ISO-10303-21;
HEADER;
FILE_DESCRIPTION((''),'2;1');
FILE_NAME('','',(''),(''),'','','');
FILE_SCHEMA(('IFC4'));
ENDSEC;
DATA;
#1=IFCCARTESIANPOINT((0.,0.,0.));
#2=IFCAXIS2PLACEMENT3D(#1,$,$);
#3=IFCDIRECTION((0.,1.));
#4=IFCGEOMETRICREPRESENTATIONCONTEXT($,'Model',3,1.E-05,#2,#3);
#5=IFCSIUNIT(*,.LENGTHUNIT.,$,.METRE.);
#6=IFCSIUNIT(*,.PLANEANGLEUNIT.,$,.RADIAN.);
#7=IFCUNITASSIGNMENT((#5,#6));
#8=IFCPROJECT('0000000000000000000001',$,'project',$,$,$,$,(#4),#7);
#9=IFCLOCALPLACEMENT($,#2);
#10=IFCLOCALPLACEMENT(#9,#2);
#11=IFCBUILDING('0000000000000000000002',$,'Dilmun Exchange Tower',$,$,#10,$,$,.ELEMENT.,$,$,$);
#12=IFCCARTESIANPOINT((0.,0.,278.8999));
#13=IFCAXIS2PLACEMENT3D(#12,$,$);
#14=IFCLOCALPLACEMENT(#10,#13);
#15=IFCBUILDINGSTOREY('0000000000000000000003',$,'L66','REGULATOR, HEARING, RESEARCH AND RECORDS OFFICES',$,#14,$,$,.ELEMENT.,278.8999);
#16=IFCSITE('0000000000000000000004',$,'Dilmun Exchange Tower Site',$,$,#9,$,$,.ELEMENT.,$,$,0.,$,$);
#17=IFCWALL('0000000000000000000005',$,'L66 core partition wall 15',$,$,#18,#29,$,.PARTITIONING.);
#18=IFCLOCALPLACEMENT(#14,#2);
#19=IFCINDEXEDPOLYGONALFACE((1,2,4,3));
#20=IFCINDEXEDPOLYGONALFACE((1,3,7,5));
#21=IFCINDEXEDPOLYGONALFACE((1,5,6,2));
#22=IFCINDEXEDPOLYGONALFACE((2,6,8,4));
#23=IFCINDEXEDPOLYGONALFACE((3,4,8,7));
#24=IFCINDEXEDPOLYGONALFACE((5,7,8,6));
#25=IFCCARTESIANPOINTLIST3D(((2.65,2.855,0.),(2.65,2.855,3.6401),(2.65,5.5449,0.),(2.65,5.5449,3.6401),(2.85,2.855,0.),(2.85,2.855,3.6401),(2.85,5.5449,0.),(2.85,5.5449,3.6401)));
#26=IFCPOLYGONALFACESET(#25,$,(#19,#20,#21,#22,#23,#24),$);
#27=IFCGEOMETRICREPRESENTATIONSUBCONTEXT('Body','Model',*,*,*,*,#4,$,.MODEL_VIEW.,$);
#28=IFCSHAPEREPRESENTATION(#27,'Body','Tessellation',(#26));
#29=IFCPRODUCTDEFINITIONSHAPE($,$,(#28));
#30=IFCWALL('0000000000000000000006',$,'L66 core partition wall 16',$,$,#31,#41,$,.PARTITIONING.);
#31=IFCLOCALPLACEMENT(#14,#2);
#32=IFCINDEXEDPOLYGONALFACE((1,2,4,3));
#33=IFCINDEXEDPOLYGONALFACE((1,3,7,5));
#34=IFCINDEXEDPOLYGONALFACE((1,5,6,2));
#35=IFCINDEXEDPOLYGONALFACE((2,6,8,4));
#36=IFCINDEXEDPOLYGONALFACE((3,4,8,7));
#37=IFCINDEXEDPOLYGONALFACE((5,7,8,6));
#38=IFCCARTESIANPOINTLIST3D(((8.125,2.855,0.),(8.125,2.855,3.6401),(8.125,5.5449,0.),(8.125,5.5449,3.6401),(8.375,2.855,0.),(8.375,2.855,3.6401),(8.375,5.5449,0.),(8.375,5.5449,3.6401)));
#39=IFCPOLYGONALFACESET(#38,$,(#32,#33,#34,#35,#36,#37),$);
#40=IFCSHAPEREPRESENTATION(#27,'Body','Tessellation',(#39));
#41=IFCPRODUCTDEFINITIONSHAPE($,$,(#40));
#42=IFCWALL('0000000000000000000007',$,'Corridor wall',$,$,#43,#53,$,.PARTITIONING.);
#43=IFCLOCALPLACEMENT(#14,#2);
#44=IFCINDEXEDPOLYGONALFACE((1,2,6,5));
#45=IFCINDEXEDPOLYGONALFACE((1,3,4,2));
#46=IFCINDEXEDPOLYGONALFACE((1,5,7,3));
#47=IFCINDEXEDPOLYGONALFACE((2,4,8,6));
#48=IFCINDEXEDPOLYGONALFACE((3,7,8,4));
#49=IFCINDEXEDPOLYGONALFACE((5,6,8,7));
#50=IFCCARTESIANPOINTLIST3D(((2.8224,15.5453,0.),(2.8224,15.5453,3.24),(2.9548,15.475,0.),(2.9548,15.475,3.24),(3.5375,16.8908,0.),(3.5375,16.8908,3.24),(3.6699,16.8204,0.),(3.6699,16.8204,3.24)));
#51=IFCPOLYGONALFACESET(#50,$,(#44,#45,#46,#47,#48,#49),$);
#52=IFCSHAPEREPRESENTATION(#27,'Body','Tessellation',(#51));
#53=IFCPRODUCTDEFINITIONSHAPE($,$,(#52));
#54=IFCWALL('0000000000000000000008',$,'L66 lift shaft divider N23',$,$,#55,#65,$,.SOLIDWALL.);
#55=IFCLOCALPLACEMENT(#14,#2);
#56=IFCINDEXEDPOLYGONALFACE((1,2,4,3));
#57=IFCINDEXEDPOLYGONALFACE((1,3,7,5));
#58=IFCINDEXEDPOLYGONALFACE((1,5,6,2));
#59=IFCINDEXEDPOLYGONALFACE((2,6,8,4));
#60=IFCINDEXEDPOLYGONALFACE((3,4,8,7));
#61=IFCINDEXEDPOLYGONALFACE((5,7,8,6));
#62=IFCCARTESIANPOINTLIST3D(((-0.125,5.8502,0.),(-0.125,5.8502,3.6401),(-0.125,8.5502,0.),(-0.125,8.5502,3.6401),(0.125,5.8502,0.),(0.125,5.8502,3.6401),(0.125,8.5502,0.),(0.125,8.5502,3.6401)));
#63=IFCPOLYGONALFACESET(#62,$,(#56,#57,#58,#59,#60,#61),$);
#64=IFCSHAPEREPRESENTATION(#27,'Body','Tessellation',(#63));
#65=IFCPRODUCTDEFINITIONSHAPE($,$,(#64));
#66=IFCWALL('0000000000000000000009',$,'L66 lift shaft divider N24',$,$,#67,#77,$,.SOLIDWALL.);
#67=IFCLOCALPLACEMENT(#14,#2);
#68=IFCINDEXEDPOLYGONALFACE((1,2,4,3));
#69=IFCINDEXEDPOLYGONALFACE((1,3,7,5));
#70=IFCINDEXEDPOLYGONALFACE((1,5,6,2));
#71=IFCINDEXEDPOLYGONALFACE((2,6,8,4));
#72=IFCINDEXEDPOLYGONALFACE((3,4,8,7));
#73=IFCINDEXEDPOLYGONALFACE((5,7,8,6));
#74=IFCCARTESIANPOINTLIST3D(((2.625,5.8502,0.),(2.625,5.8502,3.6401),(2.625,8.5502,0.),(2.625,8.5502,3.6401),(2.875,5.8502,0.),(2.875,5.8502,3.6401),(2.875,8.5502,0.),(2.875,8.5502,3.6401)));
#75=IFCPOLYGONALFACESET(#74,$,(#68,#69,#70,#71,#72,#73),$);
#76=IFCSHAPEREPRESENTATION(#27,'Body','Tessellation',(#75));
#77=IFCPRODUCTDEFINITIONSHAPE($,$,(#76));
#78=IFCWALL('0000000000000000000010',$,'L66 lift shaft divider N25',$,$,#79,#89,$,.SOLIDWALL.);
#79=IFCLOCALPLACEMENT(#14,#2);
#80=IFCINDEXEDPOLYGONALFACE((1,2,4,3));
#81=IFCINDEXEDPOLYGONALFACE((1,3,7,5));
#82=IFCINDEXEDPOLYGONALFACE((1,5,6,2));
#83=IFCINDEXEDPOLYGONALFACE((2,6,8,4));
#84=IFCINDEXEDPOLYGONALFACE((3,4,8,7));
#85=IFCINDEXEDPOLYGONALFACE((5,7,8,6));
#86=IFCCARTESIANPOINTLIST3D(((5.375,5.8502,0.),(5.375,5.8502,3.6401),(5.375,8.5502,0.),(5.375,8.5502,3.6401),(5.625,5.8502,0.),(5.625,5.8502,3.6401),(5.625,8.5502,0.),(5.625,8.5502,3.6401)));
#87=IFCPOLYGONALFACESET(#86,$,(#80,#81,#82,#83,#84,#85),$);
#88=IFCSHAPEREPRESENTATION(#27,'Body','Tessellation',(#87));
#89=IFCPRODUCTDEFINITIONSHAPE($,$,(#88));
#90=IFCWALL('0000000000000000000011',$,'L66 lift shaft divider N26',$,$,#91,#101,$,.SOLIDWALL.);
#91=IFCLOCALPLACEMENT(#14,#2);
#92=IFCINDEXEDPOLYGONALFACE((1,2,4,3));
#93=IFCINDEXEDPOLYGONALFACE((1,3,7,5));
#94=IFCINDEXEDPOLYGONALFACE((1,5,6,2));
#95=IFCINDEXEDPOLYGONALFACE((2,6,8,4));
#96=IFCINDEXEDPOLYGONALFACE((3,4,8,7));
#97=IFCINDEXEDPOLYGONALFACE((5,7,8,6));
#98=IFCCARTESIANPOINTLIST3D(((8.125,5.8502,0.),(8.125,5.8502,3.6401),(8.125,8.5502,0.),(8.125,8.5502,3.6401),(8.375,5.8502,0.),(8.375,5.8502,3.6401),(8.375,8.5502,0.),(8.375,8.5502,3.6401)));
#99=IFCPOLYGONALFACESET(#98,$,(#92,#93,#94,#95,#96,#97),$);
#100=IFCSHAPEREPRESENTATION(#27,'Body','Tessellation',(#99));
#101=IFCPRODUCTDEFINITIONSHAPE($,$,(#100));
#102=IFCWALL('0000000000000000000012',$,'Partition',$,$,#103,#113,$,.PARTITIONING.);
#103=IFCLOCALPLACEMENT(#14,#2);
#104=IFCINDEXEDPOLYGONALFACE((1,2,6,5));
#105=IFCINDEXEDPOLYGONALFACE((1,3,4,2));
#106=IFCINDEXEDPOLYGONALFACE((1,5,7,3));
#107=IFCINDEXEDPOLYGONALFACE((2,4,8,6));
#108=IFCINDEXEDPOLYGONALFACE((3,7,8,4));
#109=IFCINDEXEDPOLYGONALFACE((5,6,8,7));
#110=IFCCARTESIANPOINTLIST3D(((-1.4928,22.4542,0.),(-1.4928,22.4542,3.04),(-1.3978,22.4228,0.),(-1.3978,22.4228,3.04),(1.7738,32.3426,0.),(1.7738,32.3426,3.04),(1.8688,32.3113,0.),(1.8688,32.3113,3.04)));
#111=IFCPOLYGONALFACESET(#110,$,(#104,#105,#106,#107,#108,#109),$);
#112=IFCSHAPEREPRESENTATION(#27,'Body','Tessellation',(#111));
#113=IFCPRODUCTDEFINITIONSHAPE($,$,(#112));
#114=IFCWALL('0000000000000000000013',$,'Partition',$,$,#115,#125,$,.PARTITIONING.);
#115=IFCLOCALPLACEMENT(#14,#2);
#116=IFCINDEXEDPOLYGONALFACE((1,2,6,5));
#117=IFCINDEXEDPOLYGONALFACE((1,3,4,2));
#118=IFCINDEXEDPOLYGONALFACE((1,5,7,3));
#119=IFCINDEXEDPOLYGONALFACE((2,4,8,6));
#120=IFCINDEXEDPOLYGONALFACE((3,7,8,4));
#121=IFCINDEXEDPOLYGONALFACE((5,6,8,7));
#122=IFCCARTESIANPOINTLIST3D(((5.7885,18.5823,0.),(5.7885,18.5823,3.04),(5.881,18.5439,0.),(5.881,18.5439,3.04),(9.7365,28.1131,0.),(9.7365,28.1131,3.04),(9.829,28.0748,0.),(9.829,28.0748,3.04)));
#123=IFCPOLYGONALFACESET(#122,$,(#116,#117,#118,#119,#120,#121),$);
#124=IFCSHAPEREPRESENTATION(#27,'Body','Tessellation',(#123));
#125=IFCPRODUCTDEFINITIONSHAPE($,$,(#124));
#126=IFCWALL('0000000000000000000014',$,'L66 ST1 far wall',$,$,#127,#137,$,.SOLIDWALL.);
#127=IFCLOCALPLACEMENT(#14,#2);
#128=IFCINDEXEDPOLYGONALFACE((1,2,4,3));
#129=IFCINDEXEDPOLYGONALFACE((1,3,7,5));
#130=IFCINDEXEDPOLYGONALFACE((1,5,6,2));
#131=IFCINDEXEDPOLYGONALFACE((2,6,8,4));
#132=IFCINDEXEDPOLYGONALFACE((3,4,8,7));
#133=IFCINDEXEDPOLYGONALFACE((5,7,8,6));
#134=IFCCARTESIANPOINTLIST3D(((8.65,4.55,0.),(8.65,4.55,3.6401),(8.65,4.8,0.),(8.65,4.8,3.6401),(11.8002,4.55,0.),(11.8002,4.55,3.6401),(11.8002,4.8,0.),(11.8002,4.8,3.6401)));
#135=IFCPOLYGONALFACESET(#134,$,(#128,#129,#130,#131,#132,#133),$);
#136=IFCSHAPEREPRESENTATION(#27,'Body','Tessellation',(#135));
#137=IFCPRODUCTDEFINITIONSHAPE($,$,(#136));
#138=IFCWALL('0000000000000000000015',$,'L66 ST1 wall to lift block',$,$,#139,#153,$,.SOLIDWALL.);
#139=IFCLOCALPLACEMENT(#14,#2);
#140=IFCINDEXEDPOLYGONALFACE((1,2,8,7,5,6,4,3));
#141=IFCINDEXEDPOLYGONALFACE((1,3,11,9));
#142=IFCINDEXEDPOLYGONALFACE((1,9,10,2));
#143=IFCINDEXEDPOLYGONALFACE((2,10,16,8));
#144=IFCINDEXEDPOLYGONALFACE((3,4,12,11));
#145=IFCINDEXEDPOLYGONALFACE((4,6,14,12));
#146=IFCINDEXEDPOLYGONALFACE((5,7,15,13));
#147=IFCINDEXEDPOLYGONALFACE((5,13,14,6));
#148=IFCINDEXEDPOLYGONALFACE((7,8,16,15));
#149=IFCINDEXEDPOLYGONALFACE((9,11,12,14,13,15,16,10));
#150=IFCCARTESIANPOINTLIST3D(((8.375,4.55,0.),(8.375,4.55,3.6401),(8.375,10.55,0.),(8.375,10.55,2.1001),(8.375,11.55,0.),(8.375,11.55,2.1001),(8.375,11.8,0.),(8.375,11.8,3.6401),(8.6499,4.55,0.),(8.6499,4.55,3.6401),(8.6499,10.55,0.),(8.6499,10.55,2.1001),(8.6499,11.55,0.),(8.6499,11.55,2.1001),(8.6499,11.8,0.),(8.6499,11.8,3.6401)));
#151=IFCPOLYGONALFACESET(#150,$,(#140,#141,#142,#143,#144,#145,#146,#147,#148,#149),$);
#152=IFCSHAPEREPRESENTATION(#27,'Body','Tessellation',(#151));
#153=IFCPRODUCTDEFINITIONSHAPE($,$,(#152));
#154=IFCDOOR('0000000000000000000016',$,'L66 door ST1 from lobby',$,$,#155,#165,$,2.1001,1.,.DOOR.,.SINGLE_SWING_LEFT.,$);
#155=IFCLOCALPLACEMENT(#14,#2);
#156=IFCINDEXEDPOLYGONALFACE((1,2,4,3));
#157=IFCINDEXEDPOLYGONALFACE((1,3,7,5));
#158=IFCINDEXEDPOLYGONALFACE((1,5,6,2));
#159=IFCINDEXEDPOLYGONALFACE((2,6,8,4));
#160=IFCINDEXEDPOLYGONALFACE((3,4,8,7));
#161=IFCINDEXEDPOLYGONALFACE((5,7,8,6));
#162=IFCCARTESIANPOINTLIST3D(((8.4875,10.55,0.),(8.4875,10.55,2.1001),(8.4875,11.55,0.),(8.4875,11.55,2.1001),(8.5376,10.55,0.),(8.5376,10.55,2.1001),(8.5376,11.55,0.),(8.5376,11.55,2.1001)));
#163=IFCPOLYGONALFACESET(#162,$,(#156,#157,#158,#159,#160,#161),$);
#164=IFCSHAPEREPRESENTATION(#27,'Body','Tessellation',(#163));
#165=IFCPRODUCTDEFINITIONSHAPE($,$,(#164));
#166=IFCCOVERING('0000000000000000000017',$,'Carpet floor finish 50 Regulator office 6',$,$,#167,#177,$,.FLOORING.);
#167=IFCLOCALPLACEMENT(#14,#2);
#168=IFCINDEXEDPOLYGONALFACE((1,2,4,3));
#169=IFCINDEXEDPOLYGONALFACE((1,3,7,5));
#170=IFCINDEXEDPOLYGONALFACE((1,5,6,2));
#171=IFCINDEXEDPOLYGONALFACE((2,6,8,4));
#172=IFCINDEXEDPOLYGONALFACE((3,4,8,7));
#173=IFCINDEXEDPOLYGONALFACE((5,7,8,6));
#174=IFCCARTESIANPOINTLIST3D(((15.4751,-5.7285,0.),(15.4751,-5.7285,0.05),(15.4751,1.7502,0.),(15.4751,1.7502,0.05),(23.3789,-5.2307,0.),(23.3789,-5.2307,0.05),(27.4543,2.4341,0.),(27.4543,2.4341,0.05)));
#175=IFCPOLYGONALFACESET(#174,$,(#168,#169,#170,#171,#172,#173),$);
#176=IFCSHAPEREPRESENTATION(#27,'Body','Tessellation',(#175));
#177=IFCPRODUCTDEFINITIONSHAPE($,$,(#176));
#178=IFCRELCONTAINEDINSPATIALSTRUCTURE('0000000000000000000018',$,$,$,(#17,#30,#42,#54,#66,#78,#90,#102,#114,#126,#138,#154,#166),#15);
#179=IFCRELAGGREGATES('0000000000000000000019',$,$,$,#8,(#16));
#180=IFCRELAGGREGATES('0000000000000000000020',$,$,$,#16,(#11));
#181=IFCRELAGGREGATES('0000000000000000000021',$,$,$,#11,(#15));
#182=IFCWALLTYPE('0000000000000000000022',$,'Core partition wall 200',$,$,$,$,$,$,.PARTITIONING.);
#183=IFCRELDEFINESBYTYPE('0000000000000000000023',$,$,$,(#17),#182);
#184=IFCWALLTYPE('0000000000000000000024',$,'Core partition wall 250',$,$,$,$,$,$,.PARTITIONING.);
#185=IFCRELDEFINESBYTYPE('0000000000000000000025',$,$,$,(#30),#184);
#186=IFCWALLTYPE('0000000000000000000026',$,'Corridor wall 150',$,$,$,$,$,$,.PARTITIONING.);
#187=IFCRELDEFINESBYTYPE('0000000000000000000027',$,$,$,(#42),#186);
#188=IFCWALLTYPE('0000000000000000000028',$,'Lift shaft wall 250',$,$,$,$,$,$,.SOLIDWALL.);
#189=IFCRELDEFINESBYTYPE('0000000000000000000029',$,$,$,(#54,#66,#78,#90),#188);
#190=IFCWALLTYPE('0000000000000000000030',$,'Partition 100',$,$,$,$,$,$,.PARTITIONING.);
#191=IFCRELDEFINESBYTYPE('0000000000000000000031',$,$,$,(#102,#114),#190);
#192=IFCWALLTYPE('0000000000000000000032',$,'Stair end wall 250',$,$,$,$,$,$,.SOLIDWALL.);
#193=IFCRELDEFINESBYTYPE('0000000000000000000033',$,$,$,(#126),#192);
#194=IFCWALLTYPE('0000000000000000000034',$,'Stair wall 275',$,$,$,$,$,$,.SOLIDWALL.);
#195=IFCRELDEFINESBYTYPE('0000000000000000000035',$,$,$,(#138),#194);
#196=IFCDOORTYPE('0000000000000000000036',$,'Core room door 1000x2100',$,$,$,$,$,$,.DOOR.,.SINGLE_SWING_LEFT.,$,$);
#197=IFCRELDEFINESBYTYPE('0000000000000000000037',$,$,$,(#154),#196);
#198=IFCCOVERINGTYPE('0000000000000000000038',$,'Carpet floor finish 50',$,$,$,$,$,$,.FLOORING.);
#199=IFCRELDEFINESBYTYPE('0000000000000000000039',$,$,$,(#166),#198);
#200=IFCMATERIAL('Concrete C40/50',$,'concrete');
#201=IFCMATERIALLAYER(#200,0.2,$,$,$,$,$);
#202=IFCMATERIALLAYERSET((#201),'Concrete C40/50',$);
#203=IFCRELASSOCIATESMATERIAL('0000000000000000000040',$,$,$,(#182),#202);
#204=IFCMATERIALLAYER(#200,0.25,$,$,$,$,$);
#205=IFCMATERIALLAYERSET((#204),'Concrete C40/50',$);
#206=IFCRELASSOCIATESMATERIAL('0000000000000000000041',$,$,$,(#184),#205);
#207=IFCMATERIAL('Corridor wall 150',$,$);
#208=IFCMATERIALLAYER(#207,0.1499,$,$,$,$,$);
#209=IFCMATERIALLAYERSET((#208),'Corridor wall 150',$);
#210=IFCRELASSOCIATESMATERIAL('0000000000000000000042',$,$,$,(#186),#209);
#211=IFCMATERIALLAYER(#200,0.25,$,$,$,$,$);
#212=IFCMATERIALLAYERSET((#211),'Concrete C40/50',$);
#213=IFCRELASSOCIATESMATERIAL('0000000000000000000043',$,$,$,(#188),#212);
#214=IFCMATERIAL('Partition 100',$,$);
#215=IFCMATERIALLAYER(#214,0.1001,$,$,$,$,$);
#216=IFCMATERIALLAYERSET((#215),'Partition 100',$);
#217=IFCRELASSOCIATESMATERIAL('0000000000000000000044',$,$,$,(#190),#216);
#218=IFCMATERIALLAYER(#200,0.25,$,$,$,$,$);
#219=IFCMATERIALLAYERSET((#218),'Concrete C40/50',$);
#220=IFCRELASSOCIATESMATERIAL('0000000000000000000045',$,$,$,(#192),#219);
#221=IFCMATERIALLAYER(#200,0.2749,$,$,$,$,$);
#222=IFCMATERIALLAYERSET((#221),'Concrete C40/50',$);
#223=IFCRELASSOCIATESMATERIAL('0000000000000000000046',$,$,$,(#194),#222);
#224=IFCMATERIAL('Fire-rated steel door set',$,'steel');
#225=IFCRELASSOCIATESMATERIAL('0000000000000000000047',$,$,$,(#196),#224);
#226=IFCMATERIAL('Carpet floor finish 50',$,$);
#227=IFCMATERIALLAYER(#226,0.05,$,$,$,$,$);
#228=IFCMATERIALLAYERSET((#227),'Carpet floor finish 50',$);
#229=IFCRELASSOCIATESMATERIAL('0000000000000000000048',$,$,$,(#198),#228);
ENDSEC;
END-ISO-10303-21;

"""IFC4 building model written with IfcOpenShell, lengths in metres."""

from ifc_helpers import new_model, si_unit, direction, frame, frame_2d, origin, place, context, subcontext, project, spatial, polyline, rectangle, outline, extrude, material, layer, layer_set, type_object, element, fill, save


model = new_model("IFC4")

# Units and contexts
model_context = context("Model", 3, precision=1e-05, world=origin(), true_north=direction((0.0, 1.0)))
body_context = subcontext(model_context, "Body", "Model", "MODEL_VIEW")
ifc_project = project(units=[si_unit("LENGTHUNIT", "METRE"), si_unit("PLANEANGLEUNIT", "RADIAN")], contexts=[model_context])

# Site, building, storey
site_placement = place(None, origin())
site = spatial("IfcSite", under=ifc_project, at=site_placement, Name="Dilmun Exchange Tower Site", CompositionType="ELEMENT", RefElevation=0.0)
building_placement = place(site_placement, origin())
building = spatial("IfcBuilding", under=site, at=building_placement, Name="Dilmun Exchange Tower", CompositionType="ELEMENT")
storey_placement = place(building_placement, frame((0.0, 0.0, 278.8999)))
storey = spatial("IfcBuildingStorey", under=building, at=storey_placement, Name="L66", Description="REGULATOR, HEARING, RESEARCH AND RECORDS OFFICES", CompositionType="ELEMENT", Elevation=278.8999)

# Shared definitions
ifc_material_1 = material(Name="Concrete C40/50", Category="concrete")

# Walls
ifc_layer_1 = layer(ifc_material_1, 0.2)
ifc_layer_set_1 = layer_set([ifc_layer_1], Name="Concrete C40/50")
wall_type_1 = type_object("IfcWallType", Name="Core partition wall 200", PredefinedType="PARTITIONING", material=ifc_layer_set_1)
wall_1_placement = place(storey_placement, frame((2.75, 2.855, 0.0), z_axis=(0.0, 0.0, 1.0), x_axis=(0.0, 1.0, 0.0)))
element("IfcWall", 1, at=wall_1_placement, inside=storey, type_object=wall_type_1, Name="L66 core partition wall 15", PredefinedType="PARTITIONING", context=body_context, shape_type="SweptSolid", body=[
    extrude(rectangle(XDim=2.6899, YDim=0.2, at=frame_2d((1.345, 0.0))), origin(), (0.0, 0.0, 1.0), 3.6401),
])
ifc_layer_2 = layer(ifc_material_1, 0.25)
ifc_layer_set_2 = layer_set([ifc_layer_2], Name="Concrete C40/50")
wall_type_2 = type_object("IfcWallType", Name="Core partition wall 250", PredefinedType="PARTITIONING", material=ifc_layer_set_2)
wall_2_placement = place(storey_placement, frame((8.25, 2.855, 0.0), z_axis=(0.0, 0.0, 1.0), x_axis=(0.0, 1.0, 0.0)))
element("IfcWall", 2, at=wall_2_placement, inside=storey, type_object=wall_type_2, Name="L66 core partition wall 16", PredefinedType="PARTITIONING", context=body_context, shape_type="SweptSolid", body=[
    extrude(rectangle(XDim=2.6899, YDim=0.25, at=frame_2d((1.345, 0.0))), origin(), (0.0, 0.0, 1.0), 3.6401),
])
ifc_material_2 = material(Name="Corridor wall 150")
ifc_layer_3 = layer(ifc_material_2, 0.1499)
ifc_layer_set_3 = layer_set([ifc_layer_3], Name="Corridor wall 150")
wall_type_3 = type_object("IfcWallType", Name="Corridor wall 150", PredefinedType="PARTITIONING", material=ifc_layer_set_3)
wall_3_placement = place(storey_placement, frame((2.8887, 15.5103, 0.0), z_axis=(0.0, 0.0, 1.0), x_axis=(0.469315, 0.883031, 0.0)))
element("IfcWall", 3, at=wall_3_placement, inside=storey, type_object=wall_type_3, Name="Corridor wall", PredefinedType="PARTITIONING", context=body_context, shape_type="SweptSolid", body=[
    extrude(rectangle(XDim=1.5237, YDim=0.1499, at=frame_2d((0.7617, 0.0))), origin(), (0.0, 0.0, 1.0), 3.24),
])
ifc_layer_4 = layer(ifc_material_1, 0.25)
ifc_layer_set_4 = layer_set([ifc_layer_4], Name="Concrete C40/50")
wall_type_4 = type_object("IfcWallType", Name="Lift shaft wall 250", PredefinedType="SOLIDWALL", material=ifc_layer_set_4)
for number, where, z_axis, x_axis, name in (
    (4, (0.0, 5.8501, 0.0), (0.0, 0.0, 1.0), (0.0, 1.0, 0.0), "L66 lift shaft divider N23"),
    (5, (2.75, 5.8501, 0.0), (0.0, 0.0, 1.0), (0.0, 1.0, 0.0), "L66 lift shaft divider N24"),
    (6, (5.5, 5.8501, 0.0), (0.0, 0.0, 1.0), (0.0, 1.0, 0.0), "L66 lift shaft divider N25"),
    (7, (8.25, 5.8501, 0.0), (0.0, 0.0, 1.0), (0.0, 1.0, 0.0), "L66 lift shaft divider N26"),
):
    element("IfcWall", number, at=place(storey_placement, frame(where, z_axis=z_axis, x_axis=x_axis)), inside=storey, type_object=wall_type_4, Name=name, PredefinedType="SOLIDWALL", context=body_context, shape_type="SweptSolid", body=[
        extrude(rectangle(XDim=2.7, YDim=0.25, at=frame_2d((1.3501, 0.0))), origin(), (0.0, 0.0, 1.0), 3.6401),
    ])
ifc_material_3 = material(Name="Partition 100")
ifc_layer_5 = layer(ifc_material_3, 0.1001)
ifc_layer_set_5 = layer_set([ifc_layer_5], Name="Partition 100")
wall_type_5 = type_object("IfcWallType", Name="Partition 100", PredefinedType="PARTITIONING", material=ifc_layer_set_5)
wall_4_placement = place(storey_placement, frame((-1.4453, 22.4385, 0.0), z_axis=(0.0, 0.0, 1.0), x_axis=(0.313674, 0.949531, 0.0)))
element("IfcWall", 8, at=wall_4_placement, inside=storey, type_object=wall_type_5, Name="Partition", PredefinedType="PARTITIONING", context=body_context, shape_type="SweptSolid", body=[
    extrude(rectangle(XDim=10.4141, YDim=0.1001, at=frame_2d((5.207, 0.0))), origin(), (0.0, 0.0, 1.0), 3.04),
])
wall_5_placement = place(storey_placement, frame((5.8347, 18.563, 0.0), z_axis=(0.0, 0.0, 1.0), x_axis=(0.382702, 0.923872, 0.0)))
element("IfcWall", 9, at=wall_5_placement, inside=storey, type_object=wall_type_5, Name="Partition", PredefinedType="PARTITIONING", context=body_context, shape_type="SweptSolid", body=[
    extrude(rectangle(XDim=10.3162, YDim=0.1001, at=frame_2d((5.1582, 0.0))), origin(), (0.0, 0.0, 1.0), 3.04),
])
ifc_layer_6 = layer(ifc_material_1, 0.25)
ifc_layer_set_6 = layer_set([ifc_layer_6], Name="Concrete C40/50")
wall_type_6 = type_object("IfcWallType", Name="Stair end wall 250", PredefinedType="SOLIDWALL", material=ifc_layer_set_6)
wall_6_placement = place(storey_placement, frame((8.6499, 4.675, 0.0), z_axis=(0.0, 0.0, 1.0), x_axis=(1.0, 0.0, 0.0)))
element("IfcWall", 10, at=wall_6_placement, inside=storey, type_object=wall_type_6, Name="L66 ST1 far wall", PredefinedType="SOLIDWALL", context=body_context, shape_type="SweptSolid", body=[
    extrude(rectangle(XDim=3.1501, YDim=0.25, at=frame_2d((1.5752, 0.0))), origin(), (0.0, 0.0, 1.0), 3.6401),
])

# Wall, opening, door
ifc_layer_7 = layer(ifc_material_1, 0.2749)
ifc_layer_set_7 = layer_set([ifc_layer_7], Name="Concrete C40/50")
wall_type_7 = type_object("IfcWallType", Name="Stair wall 275", PredefinedType="SOLIDWALL", material=ifc_layer_set_7)
wall_7_placement = place(storey_placement, frame((8.5125, 4.55, 0.0), z_axis=(0.0, 0.0, 1.0), x_axis=(0.0, 1.0, 0.0)))
wall_7 = element("IfcWall", 11, at=wall_7_placement, inside=storey, type_object=wall_type_7, Name="L66 ST1 wall to lift block", PredefinedType="SOLIDWALL", context=body_context, shape_type="SweptSolid", body=[
    extrude(rectangle(XDim=7.25, YDim=0.2749, at=frame_2d((3.625, 0.0))), origin(), (0.0, 0.0, 1.0), 3.6401),
])
opening_placement = place(wall_7_placement, frame((6.0, 0.0, 0.0)))
opening = element("IfcOpeningElement", 12, at=opening_placement, cuts=wall_7, PredefinedType="OPENING", context=body_context, shape_type="SweptSolid", body=[
    extrude(rectangle(XDim=1.0, YDim=2.1001, at=frame_2d((0.5, 1.05))), frame((0.0, 0.1475, 0.0), z_axis=(0.0, -1.0, 0.0), x_axis=(1.0, 0.0, 0.0)), (0.0, 0.0, 1.0), 0.2949),
])
ifc_material_4 = material(Name="Fire-rated steel door set", Category="steel")
door_type = type_object("IfcDoorType", Name="Core room door 1000x2100", OperationType="SINGLE_SWING_LEFT", PredefinedType="DOOR", material=ifc_material_4)
door_placement = place(opening_placement, origin())
door = element("IfcDoor", 13, at=door_placement, inside=storey, type_object=door_type, Name="L66 door ST1 from lobby", OperationType="SINGLE_SWING_LEFT", OverallHeight=2.1001, OverallWidth=1.0, PredefinedType="DOOR", context=body_context, shape_type="SweptSolid", body=[
    extrude(rectangle(XDim=1.0, YDim=2.1001, at=frame_2d((0.5, 1.05))), frame((0.0, 0.0249, 0.0), z_axis=(0.0, -1.0, 0.0), x_axis=(1.0, 0.0, 0.0)), (0.0, 0.0, 1.0), 0.05),
])
fill(opening, door)

# Covering
ifc_material_5 = material(Name="Carpet floor finish 50")
ifc_layer_8 = layer(ifc_material_5, 0.05)
ifc_layer_set_8 = layer_set([ifc_layer_8], Name="Carpet floor finish 50")
covering_type_1 = type_object("IfcCoveringType", Name="Carpet floor finish 50", PredefinedType="FLOORING", material=ifc_layer_set_8)
covering_1_placement = place(storey_placement, origin())
element("IfcCovering", 14, at=covering_1_placement, inside=storey, type_object=covering_type_1, Name="Carpet floor finish 50 Regulator office 6", PredefinedType="FLOORING", context=body_context, shape_type="SweptSolid", body=[
    extrude(outline(polyline([(15.4751, 1.7502), (27.4543, 2.4341), (23.3789, -5.2307), (15.4751, -5.7285), (15.4751, 1.7502)])), origin(), (0.0, 0.0, 1.0), 0.05),
])

save(model, "model.ifc")
